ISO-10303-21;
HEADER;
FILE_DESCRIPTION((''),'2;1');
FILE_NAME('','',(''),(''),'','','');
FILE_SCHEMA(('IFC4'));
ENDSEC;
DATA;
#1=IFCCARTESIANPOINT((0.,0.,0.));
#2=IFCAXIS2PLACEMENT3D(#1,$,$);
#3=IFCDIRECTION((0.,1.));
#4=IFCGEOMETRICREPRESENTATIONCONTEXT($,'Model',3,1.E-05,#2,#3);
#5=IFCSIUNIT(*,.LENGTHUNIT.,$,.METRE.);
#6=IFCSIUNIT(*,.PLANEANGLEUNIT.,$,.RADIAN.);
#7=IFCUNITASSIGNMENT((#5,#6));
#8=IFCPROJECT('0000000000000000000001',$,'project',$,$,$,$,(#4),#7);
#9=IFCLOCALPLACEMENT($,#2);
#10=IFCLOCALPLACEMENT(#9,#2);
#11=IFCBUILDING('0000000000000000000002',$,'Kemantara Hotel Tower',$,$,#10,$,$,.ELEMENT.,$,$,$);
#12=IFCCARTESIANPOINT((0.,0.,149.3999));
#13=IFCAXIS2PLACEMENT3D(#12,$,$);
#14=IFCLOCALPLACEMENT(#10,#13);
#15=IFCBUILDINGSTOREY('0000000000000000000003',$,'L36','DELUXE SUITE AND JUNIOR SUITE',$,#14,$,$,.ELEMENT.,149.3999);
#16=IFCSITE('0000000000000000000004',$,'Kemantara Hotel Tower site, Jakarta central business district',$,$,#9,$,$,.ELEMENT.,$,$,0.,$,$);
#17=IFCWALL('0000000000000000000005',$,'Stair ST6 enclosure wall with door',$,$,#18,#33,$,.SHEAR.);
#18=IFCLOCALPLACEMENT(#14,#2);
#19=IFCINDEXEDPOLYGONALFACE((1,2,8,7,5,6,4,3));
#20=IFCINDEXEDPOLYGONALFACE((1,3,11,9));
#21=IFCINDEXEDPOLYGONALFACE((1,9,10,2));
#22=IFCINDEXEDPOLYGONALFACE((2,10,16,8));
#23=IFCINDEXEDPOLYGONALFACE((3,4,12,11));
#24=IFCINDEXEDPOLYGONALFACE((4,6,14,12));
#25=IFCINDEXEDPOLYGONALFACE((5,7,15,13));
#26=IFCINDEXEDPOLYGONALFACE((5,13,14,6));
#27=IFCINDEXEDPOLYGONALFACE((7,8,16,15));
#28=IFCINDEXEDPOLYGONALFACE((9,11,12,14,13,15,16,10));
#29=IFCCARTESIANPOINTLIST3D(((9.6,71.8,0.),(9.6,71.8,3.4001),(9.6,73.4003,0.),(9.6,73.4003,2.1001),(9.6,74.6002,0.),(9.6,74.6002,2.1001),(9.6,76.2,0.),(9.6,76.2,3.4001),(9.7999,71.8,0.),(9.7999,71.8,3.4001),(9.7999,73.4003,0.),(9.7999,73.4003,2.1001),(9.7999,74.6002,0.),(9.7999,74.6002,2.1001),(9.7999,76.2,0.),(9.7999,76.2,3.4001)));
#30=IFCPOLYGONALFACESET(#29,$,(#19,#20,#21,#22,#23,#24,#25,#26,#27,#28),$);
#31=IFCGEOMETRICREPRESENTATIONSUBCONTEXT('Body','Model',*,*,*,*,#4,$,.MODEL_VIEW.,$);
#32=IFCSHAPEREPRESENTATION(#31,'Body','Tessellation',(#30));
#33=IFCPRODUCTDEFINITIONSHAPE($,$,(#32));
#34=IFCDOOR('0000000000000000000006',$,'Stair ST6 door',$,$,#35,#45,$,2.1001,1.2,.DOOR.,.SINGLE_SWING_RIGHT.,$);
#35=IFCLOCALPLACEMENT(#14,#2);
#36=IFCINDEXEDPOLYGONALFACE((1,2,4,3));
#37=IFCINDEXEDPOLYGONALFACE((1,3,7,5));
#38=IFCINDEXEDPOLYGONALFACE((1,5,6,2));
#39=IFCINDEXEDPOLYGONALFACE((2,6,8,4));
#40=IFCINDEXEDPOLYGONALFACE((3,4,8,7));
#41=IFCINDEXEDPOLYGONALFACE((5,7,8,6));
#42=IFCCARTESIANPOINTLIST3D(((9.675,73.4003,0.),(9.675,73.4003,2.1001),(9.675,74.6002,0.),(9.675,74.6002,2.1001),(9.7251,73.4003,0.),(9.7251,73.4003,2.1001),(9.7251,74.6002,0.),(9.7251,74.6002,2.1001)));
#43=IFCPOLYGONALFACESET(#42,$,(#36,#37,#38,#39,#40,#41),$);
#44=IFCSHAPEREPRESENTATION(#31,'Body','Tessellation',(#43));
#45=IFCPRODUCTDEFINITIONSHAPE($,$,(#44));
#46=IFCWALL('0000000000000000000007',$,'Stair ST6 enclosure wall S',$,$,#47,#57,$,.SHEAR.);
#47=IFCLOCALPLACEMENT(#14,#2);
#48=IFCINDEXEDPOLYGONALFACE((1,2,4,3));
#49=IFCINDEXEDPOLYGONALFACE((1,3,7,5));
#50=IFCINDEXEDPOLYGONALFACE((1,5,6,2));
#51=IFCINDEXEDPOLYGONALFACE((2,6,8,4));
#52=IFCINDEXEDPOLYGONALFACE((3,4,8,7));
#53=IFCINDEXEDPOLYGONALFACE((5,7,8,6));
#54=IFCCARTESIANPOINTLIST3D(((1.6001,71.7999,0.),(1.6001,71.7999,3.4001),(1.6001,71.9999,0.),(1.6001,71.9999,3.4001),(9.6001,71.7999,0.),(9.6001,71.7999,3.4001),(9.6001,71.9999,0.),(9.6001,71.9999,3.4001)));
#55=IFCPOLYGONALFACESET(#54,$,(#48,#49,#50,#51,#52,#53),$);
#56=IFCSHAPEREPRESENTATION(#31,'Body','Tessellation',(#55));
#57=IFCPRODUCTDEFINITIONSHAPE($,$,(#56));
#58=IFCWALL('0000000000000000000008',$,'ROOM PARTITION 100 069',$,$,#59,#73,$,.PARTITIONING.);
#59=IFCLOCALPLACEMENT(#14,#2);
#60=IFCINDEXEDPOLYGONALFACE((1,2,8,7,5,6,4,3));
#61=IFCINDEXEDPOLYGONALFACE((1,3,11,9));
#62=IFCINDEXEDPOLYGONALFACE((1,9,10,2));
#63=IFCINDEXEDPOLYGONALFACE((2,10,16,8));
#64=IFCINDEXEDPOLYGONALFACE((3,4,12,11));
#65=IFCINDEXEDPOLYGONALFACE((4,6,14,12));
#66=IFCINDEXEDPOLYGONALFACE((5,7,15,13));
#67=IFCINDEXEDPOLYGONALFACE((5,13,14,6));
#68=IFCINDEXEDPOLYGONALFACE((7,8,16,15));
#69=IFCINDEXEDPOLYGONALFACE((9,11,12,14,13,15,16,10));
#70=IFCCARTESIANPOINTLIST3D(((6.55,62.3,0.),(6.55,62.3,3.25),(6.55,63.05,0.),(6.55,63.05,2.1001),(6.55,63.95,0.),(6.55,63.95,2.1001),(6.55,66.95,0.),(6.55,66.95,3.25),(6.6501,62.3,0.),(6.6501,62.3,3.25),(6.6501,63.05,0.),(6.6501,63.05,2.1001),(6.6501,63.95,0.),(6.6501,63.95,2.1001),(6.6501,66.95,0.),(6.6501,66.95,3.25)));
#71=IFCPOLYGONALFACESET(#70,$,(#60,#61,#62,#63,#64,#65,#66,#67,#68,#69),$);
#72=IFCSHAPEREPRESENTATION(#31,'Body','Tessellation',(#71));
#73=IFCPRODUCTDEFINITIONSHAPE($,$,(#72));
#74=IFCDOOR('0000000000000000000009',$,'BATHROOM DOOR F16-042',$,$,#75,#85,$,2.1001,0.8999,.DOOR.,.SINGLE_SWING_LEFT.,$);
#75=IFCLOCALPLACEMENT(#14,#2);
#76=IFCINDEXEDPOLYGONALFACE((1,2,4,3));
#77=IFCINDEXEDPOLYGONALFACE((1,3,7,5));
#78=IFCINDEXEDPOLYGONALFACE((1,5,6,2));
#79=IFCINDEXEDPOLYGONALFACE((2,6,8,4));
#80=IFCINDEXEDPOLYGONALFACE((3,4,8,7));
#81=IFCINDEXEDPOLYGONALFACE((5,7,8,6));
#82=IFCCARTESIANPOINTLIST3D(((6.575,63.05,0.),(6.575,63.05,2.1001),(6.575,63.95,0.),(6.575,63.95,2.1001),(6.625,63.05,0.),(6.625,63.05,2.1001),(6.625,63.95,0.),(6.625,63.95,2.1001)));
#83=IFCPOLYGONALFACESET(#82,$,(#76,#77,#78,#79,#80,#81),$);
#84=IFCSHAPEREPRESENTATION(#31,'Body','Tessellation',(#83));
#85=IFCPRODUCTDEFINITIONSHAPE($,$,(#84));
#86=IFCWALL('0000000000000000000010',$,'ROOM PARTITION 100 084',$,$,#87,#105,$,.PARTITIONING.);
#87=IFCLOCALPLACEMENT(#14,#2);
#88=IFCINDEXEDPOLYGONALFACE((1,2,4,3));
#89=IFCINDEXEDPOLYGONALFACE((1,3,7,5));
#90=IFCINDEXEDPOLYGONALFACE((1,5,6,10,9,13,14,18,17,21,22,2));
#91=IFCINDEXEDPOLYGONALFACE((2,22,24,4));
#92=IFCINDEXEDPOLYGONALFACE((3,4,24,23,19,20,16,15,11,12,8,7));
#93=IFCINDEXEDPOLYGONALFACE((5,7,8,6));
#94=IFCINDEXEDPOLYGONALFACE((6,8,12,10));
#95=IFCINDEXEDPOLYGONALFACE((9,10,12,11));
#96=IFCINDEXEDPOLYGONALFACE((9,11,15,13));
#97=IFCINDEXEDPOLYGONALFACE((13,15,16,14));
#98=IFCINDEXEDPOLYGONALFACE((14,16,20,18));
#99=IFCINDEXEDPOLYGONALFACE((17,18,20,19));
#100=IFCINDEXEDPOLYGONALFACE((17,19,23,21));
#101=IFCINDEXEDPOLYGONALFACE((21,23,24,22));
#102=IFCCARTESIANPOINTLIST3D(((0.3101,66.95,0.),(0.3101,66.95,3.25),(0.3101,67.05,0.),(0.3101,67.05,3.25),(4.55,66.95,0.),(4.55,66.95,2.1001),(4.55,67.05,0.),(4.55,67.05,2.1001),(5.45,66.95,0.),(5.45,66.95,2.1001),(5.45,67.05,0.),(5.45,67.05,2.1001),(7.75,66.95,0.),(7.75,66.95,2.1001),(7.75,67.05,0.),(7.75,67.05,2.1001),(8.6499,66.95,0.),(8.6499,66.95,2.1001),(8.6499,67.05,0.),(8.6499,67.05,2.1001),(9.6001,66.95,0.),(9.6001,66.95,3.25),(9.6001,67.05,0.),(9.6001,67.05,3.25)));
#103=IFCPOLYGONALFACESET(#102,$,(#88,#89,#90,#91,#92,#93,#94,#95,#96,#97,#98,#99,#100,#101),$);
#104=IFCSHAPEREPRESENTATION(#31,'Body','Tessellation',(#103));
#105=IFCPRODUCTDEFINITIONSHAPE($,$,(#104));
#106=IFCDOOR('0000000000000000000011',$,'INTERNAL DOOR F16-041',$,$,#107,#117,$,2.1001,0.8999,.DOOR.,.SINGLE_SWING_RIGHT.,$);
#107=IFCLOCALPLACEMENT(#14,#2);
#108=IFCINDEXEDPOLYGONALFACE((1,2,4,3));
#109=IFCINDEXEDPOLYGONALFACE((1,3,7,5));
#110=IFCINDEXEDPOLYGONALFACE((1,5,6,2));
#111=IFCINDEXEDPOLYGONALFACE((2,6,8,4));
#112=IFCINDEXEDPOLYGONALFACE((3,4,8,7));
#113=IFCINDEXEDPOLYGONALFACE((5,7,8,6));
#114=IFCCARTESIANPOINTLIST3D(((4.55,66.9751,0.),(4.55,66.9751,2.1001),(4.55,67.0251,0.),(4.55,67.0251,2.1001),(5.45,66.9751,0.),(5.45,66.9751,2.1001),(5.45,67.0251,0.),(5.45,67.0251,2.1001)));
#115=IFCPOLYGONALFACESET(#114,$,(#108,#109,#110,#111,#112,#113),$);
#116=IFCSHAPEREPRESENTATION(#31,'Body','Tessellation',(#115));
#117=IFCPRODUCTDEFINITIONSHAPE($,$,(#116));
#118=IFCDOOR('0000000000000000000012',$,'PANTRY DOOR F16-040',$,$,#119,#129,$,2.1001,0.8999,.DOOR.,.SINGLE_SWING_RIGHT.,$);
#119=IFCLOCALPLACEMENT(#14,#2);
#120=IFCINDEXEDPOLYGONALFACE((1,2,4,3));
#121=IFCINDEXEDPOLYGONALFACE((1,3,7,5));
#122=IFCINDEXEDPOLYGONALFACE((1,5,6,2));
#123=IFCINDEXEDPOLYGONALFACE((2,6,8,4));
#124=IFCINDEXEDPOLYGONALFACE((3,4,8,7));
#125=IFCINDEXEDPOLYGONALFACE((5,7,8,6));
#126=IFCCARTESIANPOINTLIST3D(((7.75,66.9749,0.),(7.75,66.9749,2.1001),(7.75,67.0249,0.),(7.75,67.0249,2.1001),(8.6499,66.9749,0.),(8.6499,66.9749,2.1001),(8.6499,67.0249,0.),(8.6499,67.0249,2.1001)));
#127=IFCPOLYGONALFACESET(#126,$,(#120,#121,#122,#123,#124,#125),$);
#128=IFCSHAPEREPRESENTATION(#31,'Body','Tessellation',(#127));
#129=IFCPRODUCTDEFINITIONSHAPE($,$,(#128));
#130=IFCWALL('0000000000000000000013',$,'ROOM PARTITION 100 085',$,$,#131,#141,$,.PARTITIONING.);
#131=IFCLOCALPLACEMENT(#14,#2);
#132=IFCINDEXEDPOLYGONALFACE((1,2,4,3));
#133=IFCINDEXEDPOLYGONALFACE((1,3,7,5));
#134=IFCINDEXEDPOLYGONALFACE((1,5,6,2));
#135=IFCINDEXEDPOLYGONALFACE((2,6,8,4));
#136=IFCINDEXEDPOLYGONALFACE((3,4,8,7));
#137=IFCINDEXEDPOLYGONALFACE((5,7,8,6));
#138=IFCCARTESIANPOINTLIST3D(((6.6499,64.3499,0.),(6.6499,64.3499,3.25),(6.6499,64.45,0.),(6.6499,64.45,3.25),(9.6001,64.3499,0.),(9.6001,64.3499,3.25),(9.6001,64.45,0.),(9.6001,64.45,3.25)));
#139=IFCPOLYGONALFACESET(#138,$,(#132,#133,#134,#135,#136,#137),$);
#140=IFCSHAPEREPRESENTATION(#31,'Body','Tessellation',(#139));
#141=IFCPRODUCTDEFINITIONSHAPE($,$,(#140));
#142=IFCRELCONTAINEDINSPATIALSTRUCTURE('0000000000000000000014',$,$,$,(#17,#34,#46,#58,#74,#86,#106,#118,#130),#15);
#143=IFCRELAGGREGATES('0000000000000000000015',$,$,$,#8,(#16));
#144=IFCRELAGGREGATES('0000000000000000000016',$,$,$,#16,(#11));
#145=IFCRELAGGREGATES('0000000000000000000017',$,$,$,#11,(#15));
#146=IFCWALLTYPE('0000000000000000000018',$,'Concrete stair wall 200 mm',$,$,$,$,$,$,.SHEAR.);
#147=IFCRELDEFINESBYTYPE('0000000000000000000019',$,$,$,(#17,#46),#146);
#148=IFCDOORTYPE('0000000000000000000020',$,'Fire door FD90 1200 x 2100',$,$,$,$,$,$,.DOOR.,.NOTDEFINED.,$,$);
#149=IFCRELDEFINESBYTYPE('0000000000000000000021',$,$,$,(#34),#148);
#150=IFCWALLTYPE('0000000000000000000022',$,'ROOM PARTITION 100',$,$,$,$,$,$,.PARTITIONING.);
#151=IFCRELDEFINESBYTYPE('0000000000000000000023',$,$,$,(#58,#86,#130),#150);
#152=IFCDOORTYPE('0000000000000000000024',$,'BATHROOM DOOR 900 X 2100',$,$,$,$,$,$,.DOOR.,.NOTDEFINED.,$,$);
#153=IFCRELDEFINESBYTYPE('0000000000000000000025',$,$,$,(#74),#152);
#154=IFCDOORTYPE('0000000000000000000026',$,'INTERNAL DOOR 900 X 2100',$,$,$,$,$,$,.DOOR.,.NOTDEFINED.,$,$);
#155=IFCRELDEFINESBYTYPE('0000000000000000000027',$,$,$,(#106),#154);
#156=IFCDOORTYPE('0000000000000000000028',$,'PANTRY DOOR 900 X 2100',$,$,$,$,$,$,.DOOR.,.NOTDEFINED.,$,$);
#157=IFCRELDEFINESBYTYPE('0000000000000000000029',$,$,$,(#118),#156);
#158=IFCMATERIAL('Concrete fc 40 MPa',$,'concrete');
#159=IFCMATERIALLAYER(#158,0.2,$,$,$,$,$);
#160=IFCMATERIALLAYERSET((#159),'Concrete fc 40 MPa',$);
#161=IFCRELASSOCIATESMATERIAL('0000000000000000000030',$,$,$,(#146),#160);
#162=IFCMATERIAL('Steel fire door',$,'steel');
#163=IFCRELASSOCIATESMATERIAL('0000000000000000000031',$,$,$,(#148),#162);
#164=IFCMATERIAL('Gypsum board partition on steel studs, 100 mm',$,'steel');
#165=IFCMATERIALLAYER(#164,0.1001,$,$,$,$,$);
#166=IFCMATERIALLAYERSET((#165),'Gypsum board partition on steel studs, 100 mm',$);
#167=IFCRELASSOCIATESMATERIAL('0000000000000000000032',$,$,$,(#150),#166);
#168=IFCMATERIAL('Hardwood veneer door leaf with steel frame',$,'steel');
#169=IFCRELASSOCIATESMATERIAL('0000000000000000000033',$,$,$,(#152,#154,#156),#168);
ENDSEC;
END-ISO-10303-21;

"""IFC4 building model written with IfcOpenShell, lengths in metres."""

from ifc_helpers import new_model, si_unit, direction, frame, frame_2d, origin, place, context, subcontext, project, spatial, rectangle, extrude, material, layer, layer_set, type_object, element, fill, save


model = new_model("IFC4")

# Units and contexts
model_context = context("Model", 3, precision=1e-05, world=origin(), true_north=direction((0.0, 1.0)))
body_context = subcontext(model_context, "Body", "Model", "MODEL_VIEW")
ifc_project = project(units=[si_unit("LENGTHUNIT", "METRE"), si_unit("PLANEANGLEUNIT", "RADIAN")], contexts=[model_context])

# Site, building, storey
site_placement = place(None, origin())
site = spatial("IfcSite", under=ifc_project, at=site_placement, Name="Kemantara Hotel Tower site, Jakarta central business district", CompositionType="ELEMENT", RefElevation=0.0)
building_placement = place(site_placement, origin())
building = spatial("IfcBuilding", under=site, at=building_placement, Name="Kemantara Hotel Tower", CompositionType="ELEMENT")
storey_placement = place(building_placement, frame((0.0, 0.0, 149.3999)))
storey = spatial("IfcBuildingStorey", under=building, at=storey_placement, Name="L36", Description="DELUXE SUITE AND JUNIOR SUITE", CompositionType="ELEMENT", Elevation=149.3999)

# Shared definitions
ifc_material_1 = material(Name="Hardwood veneer door leaf with steel frame", Category="steel")

# Shared definitions
ifc_material_2 = material(Name="Concrete fc 40 MPa", Category="concrete")
ifc_layer_1 = layer(ifc_material_2, 0.2)
ifc_layer_set_1 = layer_set([ifc_layer_1], Name="Concrete fc 40 MPa")
wall_type_1 = type_object("IfcWallType", Name="Concrete stair wall 200 mm", PredefinedType="SHEAR", material=ifc_layer_set_1)

# Wall, opening, door
wall_1_placement = place(storey_placement, frame((9.7, 71.8, 0.0), z_axis=(0.0, 0.0, 1.0), x_axis=(0.0, 1.0, 0.0)))
wall_1 = element("IfcWall", 1, at=wall_1_placement, inside=storey, type_object=wall_type_1, Name="Stair ST6 enclosure wall with door", PredefinedType="SHEAR", context=body_context, shape_type="SweptSolid", body=[
    extrude(rectangle(XDim=4.3999, YDim=0.2, at=frame_2d((2.2, 0.0))), origin(), (0.0, 0.0, 1.0), 3.4001),
])
opening_1_placement = place(wall_1_placement, frame((1.6001, 0.0, 0.0)))
opening_1 = element("IfcOpeningElement", 2, at=opening_1_placement, cuts=wall_1, PredefinedType="OPENING", context=body_context, shape_type="SweptSolid", body=[
    extrude(rectangle(XDim=1.2, YDim=2.1001, at=frame_2d((0.6001, 1.05))), frame((0.0, 0.1099, 0.0), z_axis=(0.0, -1.0, 0.0), x_axis=(1.0, 0.0, 0.0)), (0.0, 0.0, 1.0), 0.22),
])
ifc_material_3 = material(Name="Steel fire door", Category="steel")
door_type_1 = type_object("IfcDoorType", Name="Fire door FD90 1200 x 2100", OperationType="NOTDEFINED", PredefinedType="DOOR", material=ifc_material_3)
door_1_placement = place(opening_1_placement, origin())
door_1 = element("IfcDoor", 3, at=door_1_placement, inside=storey, type_object=door_type_1, Name="Stair ST6 door", OperationType="SINGLE_SWING_RIGHT", OverallHeight=2.1001, OverallWidth=1.2, PredefinedType="DOOR", context=body_context, shape_type="SweptSolid", body=[
    extrude(rectangle(XDim=1.2, YDim=2.1001, at=frame_2d((0.6001, 1.05))), frame((0.0, 0.0249, 0.0), z_axis=(0.0, -1.0, 0.0), x_axis=(1.0, 0.0, 0.0)), (0.0, 0.0, 1.0), 0.05),
])
fill(opening_1, door_1)

# Wall
wall_2_placement = place(storey_placement, frame((1.6001, 71.8999, 0.0), z_axis=(0.0, 0.0, 1.0), x_axis=(1.0, 0.0, 0.0)))
element("IfcWall", 4, at=wall_2_placement, inside=storey, type_object=wall_type_1, Name="Stair ST6 enclosure wall S", PredefinedType="SHEAR", context=body_context, shape_type="SweptSolid", body=[
    extrude(rectangle(XDim=8.0, YDim=0.2, at=frame_2d((4.0, 0.0))), origin(), (0.0, 0.0, 1.0), 3.4001),
])

# Wall, opening, door
ifc_material_4 = material(Name="Gypsum board partition on steel studs, 100 mm", Category="steel")
ifc_layer_2 = layer(ifc_material_4, 0.1001)
ifc_layer_set_2 = layer_set([ifc_layer_2], Name="Gypsum board partition on steel studs, 100 mm")
wall_type_2 = type_object("IfcWallType", Name="ROOM PARTITION 100", PredefinedType="PARTITIONING", material=ifc_layer_set_2)
wall_3_placement = place(storey_placement, frame((6.6001, 66.95, 0.0), z_axis=(0.0, 0.0, 1.0), x_axis=(0.0, -1.0, 0.0)))
wall_3 = element("IfcWall", 5, at=wall_3_placement, inside=storey, type_object=wall_type_2, Name="ROOM PARTITION 100 069", PredefinedType="PARTITIONING", context=body_context, shape_type="SweptSolid", body=[
    extrude(rectangle(XDim=4.6499, YDim=0.1001, at=frame_2d((2.325, 0.0))), origin(), (0.0, 0.0, 1.0), 3.25),
])
opening_2_placement = place(wall_3_placement, frame((3.0, 0.0, 0.0)))
opening_2 = element("IfcOpeningElement", 6, at=opening_2_placement, cuts=wall_3, PredefinedType="OPENING", context=body_context, shape_type="SweptSolid", body=[
    extrude(rectangle(XDim=0.8999, YDim=2.1001, at=frame_2d((0.45, 1.05))), frame((0.0, 0.0601, 0.0), z_axis=(0.0, -1.0, 0.0), x_axis=(1.0, 0.0, 0.0)), (0.0, 0.0, 1.0), 0.1201),
])
door_type_2 = type_object("IfcDoorType", Name="BATHROOM DOOR 900 X 2100", OperationType="NOTDEFINED", PredefinedType="DOOR", material=ifc_material_1)
door_2_placement = place(opening_2_placement, origin())
door_2 = element("IfcDoor", 7, at=door_2_placement, inside=storey, type_object=door_type_2, Name="BATHROOM DOOR F16-042", OperationType="SINGLE_SWING_LEFT", OverallHeight=2.1001, OverallWidth=0.8999, PredefinedType="DOOR", context=body_context, shape_type="SweptSolid", body=[
    extrude(rectangle(XDim=0.8999, YDim=2.1001, at=frame_2d((0.45, 1.05))), frame((0.0, 0.0249, 0.0), z_axis=(0.0, -1.0, 0.0), x_axis=(1.0, 0.0, 0.0)), (0.0, 0.0, 1.0), 0.05),
])
fill(opening_2, door_2)

# Wall, openings, doors
wall_4_placement = place(storey_placement, frame((0.3101, 67.0, 0.0), z_axis=(0.0, 0.0, 1.0), x_axis=(1.0, 0.0, 0.0)))
wall_4 = element("IfcWall", 8, at=wall_4_placement, inside=storey, type_object=wall_type_2, Name="ROOM PARTITION 100 084", PredefinedType="PARTITIONING", context=body_context, shape_type="SweptSolid", body=[
    extrude(rectangle(XDim=9.29, YDim=0.1001, at=frame_2d((4.645, 0.0))), origin(), (0.0, 0.0, 1.0), 3.25),
])
opening_3_placement = place(wall_4_placement, frame((7.4399, 0.0, 0.0)))
opening_3 = element("IfcOpeningElement", 9, at=opening_3_placement, cuts=wall_4, PredefinedType="OPENING", context=body_context, shape_type="SweptSolid", body=[
    extrude(rectangle(XDim=0.8999, YDim=2.1001, at=frame_2d((0.45, 1.05))), frame((0.0, 0.0601, 0.0), z_axis=(0.0, -1.0, 0.0), x_axis=(1.0, 0.0, 0.0)), (0.0, 0.0, 1.0), 0.1201),
])
opening_4_placement = place(wall_4_placement, frame((4.24, 0.0, 0.0)))
opening_4 = element("IfcOpeningElement", 10, at=opening_4_placement, cuts=wall_4, PredefinedType="OPENING", context=body_context, shape_type="SweptSolid", body=[
    extrude(rectangle(XDim=0.8999, YDim=2.1001, at=frame_2d((0.45, 1.05))), frame((0.0, 0.0601, 0.0), z_axis=(0.0, -1.0, 0.0), x_axis=(1.0, 0.0, 0.0)), (0.0, 0.0, 1.0), 0.1201),
])
door_type_3 = type_object("IfcDoorType", Name="INTERNAL DOOR 900 X 2100", OperationType="NOTDEFINED", PredefinedType="DOOR", material=ifc_material_1)
door_3_placement = place(opening_4_placement, frame((0.8999, 0.0, 0.0), z_axis=(0.0, 0.0, 1.0), x_axis=(-1.0, 0.0, 0.0)))
door_3 = element("IfcDoor", 11, at=door_3_placement, inside=storey, type_object=door_type_3, Name="INTERNAL DOOR F16-041", OperationType="SINGLE_SWING_RIGHT", OverallHeight=2.1001, OverallWidth=0.8999, PredefinedType="DOOR", context=body_context, shape_type="SweptSolid", body=[
    extrude(rectangle(XDim=0.8999, YDim=2.1001, at=frame_2d((0.45, 1.05))), frame((0.0, 0.0249, 0.0), z_axis=(0.0, -1.0, 0.0), x_axis=(1.0, 0.0, 0.0)), (0.0, 0.0, 1.0), 0.05),
])
fill(opening_4, door_3)
door_type_4 = type_object("IfcDoorType", Name="PANTRY DOOR 900 X 2100", OperationType="NOTDEFINED", PredefinedType="DOOR", material=ifc_material_1)
door_4_placement = place(opening_3_placement, origin())
door_4 = element("IfcDoor", 12, at=door_4_placement, inside=storey, type_object=door_type_4, Name="PANTRY DOOR F16-040", OperationType="SINGLE_SWING_RIGHT", OverallHeight=2.1001, OverallWidth=0.8999, PredefinedType="DOOR", context=body_context, shape_type="SweptSolid", body=[
    extrude(rectangle(XDim=0.8999, YDim=2.1001, at=frame_2d((0.45, 1.05))), frame((0.0, 0.0249, 0.0), z_axis=(0.0, -1.0, 0.0), x_axis=(1.0, 0.0, 0.0)), (0.0, 0.0, 1.0), 0.05),
])
fill(opening_3, door_4)

# Wall
wall_5_placement = place(storey_placement, frame((6.6499, 64.3999, 0.0), z_axis=(0.0, 0.0, 1.0), x_axis=(1.0, 0.0, 0.0)))
element("IfcWall", 13, at=wall_5_placement, inside=storey, type_object=wall_type_2, Name="ROOM PARTITION 100 085", PredefinedType="PARTITIONING", context=body_context, shape_type="SweptSolid", body=[
    extrude(rectangle(XDim=2.9502, YDim=0.1001, at=frame_2d((1.4751, 0.0))), origin(), (0.0, 0.0, 1.0), 3.25),
])

save(model, "model.ifc")
